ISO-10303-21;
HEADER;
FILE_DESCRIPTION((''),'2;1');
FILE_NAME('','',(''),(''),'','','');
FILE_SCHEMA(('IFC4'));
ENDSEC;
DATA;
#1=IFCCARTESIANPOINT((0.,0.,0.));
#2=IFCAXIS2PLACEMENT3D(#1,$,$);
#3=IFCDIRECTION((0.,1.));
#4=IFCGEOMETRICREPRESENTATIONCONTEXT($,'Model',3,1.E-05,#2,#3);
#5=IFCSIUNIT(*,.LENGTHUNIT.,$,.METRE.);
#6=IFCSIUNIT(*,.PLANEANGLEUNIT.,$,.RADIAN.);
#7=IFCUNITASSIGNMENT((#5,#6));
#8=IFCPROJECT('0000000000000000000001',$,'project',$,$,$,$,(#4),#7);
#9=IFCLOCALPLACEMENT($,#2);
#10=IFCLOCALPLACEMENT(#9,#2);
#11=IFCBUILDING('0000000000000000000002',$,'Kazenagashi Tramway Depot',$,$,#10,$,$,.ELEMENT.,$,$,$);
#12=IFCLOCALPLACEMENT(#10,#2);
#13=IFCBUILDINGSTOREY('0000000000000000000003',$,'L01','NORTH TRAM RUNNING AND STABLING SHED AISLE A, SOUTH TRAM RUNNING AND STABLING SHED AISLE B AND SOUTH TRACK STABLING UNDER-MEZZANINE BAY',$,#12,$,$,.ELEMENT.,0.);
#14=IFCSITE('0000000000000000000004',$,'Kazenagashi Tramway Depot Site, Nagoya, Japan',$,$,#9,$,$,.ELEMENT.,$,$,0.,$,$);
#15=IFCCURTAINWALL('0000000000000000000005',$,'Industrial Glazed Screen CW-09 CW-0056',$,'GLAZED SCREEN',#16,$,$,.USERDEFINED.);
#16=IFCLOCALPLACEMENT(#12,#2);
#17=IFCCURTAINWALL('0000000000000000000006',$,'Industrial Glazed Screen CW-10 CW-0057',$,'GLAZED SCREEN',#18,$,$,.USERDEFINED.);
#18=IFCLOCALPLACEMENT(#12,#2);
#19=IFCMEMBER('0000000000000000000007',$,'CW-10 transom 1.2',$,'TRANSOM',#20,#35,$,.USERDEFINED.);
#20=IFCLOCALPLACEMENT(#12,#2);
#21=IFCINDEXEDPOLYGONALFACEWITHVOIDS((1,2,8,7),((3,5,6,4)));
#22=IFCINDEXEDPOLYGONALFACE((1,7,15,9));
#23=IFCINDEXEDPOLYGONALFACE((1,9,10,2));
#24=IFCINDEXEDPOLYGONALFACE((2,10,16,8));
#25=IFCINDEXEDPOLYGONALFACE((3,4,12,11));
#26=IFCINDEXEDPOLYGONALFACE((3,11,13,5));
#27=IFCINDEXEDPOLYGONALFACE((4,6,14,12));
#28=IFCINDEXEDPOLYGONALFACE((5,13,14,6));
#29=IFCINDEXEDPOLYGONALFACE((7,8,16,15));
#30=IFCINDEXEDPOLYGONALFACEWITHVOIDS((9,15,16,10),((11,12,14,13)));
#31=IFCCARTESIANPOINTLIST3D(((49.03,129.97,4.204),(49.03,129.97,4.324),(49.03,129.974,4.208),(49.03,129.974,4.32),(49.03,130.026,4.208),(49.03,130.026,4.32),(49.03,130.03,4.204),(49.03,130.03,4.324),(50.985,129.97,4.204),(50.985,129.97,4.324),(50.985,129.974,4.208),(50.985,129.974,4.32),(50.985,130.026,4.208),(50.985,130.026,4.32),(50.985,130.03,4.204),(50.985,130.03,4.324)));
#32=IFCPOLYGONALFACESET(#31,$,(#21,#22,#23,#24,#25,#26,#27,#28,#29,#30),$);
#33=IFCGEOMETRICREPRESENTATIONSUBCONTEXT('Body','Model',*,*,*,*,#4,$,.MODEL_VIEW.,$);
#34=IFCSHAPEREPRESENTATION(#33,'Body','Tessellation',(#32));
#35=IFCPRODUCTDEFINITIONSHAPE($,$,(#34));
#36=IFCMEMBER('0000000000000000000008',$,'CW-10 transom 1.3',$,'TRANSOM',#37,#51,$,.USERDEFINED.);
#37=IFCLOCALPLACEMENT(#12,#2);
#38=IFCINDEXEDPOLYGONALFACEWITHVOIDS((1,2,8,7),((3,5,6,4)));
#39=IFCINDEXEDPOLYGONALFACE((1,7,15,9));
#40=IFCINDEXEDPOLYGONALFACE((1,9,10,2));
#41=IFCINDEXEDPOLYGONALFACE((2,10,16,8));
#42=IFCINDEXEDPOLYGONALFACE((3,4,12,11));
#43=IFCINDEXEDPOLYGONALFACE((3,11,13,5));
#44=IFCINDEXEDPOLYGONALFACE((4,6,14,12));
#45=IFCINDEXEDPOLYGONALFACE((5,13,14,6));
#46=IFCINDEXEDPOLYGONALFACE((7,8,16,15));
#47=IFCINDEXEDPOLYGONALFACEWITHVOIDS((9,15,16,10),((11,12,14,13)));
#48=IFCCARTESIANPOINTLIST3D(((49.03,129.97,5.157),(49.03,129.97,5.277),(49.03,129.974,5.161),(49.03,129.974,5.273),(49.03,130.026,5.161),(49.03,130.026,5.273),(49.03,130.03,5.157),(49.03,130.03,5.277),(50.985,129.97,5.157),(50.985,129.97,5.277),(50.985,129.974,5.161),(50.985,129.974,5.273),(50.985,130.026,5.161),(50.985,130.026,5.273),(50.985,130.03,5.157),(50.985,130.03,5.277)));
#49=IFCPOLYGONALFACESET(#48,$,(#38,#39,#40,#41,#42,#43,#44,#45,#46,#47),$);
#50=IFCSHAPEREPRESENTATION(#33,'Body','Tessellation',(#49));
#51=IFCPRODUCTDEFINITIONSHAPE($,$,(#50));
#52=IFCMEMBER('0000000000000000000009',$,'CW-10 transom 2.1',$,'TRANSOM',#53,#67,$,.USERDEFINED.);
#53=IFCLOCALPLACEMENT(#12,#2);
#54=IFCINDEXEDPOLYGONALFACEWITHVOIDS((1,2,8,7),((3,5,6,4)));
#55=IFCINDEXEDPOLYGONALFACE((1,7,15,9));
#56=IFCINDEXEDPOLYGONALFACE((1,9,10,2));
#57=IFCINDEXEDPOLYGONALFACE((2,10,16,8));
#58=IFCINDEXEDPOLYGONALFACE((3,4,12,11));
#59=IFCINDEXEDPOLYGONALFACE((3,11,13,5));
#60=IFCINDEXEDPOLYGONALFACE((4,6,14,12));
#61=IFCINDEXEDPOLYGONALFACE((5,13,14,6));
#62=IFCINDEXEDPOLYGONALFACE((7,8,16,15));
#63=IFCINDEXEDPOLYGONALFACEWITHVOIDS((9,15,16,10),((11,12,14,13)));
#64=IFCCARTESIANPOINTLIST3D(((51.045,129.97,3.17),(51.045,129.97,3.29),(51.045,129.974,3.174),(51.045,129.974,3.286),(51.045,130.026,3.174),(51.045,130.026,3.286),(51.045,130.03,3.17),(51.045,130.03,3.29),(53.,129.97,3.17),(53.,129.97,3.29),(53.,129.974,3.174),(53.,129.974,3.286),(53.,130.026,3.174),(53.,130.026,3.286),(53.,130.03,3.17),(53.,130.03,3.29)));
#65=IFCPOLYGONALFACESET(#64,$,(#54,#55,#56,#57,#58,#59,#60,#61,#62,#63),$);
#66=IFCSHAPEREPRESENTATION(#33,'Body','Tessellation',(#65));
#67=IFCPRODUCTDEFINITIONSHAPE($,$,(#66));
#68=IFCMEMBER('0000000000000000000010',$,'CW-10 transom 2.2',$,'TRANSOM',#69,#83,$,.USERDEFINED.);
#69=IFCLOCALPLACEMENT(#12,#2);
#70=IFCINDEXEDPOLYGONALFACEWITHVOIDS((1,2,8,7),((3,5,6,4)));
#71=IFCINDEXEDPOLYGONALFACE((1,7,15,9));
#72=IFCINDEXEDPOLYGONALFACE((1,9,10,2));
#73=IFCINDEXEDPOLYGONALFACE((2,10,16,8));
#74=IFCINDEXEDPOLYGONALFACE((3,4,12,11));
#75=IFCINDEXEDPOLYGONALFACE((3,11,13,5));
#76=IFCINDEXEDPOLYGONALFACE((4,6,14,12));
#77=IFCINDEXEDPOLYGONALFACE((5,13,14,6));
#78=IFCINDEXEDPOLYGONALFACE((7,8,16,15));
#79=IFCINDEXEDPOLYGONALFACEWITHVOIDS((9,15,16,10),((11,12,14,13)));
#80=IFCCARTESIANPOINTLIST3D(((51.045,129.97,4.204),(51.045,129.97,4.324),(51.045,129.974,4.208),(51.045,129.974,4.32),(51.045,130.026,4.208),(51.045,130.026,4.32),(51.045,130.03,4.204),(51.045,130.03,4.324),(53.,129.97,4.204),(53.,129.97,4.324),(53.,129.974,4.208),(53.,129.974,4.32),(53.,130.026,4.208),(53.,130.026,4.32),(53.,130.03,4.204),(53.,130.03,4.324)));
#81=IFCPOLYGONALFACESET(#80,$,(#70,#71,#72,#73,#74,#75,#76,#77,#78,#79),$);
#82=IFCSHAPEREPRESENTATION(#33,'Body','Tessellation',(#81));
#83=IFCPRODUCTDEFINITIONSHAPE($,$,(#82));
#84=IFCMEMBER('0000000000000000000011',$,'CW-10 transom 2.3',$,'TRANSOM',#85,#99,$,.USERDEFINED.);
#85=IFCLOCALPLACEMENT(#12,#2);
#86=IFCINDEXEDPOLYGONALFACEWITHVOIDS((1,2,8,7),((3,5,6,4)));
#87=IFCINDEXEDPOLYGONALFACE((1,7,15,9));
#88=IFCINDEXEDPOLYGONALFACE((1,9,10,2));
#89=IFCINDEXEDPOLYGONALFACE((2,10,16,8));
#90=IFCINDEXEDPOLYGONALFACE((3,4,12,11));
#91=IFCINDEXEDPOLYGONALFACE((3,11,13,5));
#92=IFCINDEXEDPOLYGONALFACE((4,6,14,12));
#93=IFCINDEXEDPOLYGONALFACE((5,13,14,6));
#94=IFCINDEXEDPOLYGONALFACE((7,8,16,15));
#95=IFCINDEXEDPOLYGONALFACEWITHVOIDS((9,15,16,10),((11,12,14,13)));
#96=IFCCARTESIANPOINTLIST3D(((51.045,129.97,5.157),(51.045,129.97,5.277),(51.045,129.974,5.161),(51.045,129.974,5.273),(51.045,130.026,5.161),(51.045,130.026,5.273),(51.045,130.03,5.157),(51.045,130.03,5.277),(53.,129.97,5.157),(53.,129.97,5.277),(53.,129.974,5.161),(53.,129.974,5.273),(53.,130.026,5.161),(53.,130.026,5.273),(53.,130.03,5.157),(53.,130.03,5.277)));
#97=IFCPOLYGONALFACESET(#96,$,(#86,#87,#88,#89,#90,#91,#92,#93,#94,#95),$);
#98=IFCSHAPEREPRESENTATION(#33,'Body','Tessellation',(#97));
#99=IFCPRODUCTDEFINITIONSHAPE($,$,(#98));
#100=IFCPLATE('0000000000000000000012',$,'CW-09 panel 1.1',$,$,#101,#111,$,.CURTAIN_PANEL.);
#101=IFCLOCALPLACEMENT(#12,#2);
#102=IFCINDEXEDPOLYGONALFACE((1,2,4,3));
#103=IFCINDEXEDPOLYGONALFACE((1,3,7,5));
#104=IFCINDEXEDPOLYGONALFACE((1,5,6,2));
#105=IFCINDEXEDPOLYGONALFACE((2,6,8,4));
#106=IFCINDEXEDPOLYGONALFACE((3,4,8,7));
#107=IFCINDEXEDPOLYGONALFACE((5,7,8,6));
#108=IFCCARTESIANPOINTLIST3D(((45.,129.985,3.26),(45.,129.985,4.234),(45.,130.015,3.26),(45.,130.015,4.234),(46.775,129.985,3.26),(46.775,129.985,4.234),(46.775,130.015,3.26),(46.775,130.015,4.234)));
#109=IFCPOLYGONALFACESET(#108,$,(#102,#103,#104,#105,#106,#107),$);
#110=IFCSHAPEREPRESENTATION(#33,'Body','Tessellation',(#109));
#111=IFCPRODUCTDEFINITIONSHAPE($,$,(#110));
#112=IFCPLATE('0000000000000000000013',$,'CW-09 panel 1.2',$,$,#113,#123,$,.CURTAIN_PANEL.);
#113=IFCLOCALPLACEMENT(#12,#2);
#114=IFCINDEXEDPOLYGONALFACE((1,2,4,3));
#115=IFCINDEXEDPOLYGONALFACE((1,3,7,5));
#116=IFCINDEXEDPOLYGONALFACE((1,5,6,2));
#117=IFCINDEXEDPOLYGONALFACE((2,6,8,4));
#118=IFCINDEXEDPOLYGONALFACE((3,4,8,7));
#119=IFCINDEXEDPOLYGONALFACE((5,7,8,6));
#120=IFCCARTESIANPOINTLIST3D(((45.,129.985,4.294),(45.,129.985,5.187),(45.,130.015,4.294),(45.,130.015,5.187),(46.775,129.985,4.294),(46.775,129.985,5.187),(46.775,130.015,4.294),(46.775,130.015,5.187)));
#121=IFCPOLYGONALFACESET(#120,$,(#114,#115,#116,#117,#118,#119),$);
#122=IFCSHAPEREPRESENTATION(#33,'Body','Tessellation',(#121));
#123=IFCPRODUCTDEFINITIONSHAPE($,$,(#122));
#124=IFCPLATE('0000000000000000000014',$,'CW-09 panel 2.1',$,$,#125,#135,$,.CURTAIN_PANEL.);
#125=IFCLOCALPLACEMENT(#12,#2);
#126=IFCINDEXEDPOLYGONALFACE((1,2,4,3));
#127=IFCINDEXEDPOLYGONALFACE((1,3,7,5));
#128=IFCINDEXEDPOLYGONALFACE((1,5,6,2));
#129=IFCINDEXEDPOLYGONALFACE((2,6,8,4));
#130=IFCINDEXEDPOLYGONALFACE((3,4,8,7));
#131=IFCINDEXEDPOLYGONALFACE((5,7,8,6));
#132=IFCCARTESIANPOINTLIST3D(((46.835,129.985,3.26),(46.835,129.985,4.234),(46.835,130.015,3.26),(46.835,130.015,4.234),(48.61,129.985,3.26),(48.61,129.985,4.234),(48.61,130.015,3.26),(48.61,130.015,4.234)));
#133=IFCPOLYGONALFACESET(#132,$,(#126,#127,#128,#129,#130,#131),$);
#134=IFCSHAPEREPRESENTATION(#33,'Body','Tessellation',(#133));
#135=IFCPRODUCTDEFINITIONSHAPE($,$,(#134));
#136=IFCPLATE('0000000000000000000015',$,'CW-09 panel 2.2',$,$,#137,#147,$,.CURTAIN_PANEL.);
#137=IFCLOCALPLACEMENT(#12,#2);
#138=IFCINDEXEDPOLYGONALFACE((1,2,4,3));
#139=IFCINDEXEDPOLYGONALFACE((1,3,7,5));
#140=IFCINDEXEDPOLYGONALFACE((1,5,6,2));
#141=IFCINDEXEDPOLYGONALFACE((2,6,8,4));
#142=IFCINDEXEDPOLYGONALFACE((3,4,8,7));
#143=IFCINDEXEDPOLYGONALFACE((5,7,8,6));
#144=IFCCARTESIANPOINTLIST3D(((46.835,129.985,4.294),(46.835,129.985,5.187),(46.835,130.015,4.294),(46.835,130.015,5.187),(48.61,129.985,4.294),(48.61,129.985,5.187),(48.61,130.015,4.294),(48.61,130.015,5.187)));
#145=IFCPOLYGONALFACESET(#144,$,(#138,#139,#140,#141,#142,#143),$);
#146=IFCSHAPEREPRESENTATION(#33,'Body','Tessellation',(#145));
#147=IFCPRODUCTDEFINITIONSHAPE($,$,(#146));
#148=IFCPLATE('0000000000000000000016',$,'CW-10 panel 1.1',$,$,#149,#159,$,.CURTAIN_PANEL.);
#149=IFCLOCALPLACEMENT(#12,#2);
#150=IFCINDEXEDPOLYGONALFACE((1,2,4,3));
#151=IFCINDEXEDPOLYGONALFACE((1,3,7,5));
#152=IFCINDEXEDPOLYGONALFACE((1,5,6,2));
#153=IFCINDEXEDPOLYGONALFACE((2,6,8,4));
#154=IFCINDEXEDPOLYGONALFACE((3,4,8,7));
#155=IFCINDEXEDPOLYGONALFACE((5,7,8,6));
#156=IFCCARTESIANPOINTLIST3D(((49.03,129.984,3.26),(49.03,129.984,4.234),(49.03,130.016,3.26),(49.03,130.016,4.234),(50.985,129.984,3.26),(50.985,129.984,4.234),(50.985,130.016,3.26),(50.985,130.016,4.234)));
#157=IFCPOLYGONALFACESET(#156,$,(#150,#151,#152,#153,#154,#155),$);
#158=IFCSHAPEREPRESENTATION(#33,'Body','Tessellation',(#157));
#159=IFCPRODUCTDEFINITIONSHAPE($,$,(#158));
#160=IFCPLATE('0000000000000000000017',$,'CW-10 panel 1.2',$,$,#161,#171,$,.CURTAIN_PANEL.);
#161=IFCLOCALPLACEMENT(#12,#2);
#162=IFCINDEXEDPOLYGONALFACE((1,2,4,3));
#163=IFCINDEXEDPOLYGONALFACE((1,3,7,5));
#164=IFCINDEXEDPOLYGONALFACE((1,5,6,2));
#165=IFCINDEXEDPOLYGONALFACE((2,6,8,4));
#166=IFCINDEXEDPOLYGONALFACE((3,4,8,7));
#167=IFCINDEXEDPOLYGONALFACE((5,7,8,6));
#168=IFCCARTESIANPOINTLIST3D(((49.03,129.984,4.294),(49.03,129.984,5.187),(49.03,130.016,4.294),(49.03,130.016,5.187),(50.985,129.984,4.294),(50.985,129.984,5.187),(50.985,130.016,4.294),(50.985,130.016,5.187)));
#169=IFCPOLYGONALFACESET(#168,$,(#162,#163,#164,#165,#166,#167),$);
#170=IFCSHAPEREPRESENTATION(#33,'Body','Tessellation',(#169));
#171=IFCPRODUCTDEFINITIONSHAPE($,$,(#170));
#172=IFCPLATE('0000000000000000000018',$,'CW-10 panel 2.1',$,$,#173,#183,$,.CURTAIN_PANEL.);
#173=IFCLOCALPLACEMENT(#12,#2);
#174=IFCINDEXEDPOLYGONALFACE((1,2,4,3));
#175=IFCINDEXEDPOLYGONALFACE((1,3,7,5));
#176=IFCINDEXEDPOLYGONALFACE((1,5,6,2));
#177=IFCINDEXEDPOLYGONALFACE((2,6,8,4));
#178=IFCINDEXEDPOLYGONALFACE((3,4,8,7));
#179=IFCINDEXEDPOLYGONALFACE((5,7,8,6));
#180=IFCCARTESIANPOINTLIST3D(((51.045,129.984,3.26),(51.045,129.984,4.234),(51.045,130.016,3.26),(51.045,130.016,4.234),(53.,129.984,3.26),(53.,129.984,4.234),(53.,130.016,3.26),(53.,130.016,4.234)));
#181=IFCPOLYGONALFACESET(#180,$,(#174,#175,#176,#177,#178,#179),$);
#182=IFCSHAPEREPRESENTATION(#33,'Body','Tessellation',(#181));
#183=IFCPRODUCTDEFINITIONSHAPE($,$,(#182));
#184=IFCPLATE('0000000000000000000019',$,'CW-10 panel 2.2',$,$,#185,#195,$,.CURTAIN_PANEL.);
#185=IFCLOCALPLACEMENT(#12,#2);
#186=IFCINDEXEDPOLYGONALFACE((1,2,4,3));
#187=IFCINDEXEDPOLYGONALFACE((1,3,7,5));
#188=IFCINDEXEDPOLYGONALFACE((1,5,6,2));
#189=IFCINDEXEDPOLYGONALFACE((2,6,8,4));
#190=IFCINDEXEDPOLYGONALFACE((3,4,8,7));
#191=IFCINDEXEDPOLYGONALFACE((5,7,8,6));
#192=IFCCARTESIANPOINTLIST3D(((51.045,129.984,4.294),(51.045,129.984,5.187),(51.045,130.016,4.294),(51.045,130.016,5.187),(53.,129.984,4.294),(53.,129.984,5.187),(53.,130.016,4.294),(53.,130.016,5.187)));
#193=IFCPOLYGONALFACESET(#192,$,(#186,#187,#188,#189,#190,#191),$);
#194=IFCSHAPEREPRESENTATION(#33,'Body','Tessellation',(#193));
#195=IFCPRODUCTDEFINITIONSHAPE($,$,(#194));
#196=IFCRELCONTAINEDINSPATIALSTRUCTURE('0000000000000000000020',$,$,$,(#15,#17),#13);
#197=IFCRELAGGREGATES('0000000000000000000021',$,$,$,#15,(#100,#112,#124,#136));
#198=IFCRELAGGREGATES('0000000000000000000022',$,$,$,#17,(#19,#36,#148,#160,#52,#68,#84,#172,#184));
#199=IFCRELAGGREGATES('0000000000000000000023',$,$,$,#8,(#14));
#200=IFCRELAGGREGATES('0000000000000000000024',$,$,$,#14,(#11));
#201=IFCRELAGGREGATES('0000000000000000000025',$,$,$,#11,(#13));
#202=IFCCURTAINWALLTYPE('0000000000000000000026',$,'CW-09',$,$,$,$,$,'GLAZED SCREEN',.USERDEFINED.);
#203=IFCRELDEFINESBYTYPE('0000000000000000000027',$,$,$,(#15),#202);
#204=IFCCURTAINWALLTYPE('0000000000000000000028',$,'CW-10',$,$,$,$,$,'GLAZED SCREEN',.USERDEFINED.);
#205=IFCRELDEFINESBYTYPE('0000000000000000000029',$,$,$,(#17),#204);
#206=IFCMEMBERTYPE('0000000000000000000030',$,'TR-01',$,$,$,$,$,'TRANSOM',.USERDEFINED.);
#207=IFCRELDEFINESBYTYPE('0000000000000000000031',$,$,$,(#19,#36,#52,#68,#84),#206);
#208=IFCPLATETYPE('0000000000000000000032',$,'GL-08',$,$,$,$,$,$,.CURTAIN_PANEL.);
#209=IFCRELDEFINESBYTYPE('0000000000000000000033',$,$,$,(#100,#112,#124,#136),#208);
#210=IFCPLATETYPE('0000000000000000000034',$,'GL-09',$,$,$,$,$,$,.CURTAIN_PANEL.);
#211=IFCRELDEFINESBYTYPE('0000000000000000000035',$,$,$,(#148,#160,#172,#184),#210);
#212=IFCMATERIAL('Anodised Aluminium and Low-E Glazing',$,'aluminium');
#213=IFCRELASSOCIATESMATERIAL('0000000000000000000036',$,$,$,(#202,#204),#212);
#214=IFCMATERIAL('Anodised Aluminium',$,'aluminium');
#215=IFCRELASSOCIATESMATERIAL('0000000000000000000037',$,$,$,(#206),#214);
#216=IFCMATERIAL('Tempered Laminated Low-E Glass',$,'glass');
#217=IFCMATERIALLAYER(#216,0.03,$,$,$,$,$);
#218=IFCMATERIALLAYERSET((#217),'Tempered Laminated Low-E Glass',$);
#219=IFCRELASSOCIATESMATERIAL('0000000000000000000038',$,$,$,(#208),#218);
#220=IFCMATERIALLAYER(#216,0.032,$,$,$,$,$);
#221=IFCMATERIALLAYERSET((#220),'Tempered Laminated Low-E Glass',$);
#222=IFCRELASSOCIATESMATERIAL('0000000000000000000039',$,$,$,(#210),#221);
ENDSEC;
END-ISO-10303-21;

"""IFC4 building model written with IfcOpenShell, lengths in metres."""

from ifc_helpers import new_model, si_unit, direction, frame, origin, origin_2d, place, context, subcontext, project, spatial, rectangle, hollow_rectangle, extrude, material, layer, layer_set, material_profile, profile_set, type_object, element, aggregate, save


model = new_model("IFC4")

# Units and contexts
model_context = context("Model", 3, precision=1e-05, world=origin(), true_north=direction((0.0, 1.0)))
body_context = subcontext(model_context, "Body", "Model", "MODEL_VIEW")
ifc_project = project(units=[si_unit("LENGTHUNIT", "METRE"), si_unit("PLANEANGLEUNIT", "RADIAN")], contexts=[model_context])

# Site, building, storey
site_placement = place(None, origin())
site = spatial("IfcSite", under=ifc_project, at=site_placement, Name="Kazenagashi Tramway Depot Site, Nagoya, Japan", CompositionType="ELEMENT", RefElevation=0.0)
building_placement = place(site_placement, origin())
building = spatial("IfcBuilding", under=site, at=building_placement, Name="Kazenagashi Tramway Depot", CompositionType="ELEMENT")
storey_placement = place(building_placement, origin())
storey = spatial("IfcBuildingStorey", under=building, at=storey_placement, Name="L01", Description="NORTH TRAM RUNNING AND STABLING SHED AISLE A, SOUTH TRAM RUNNING AND STABLING SHED AISLE B AND SOUTH TRACK STABLING UNDER-MEZZANINE BAY", CompositionType="ELEMENT", Elevation=0.0)

# Curtain walls
ifc_material_1 = material(Name="Anodised Aluminium and Low-E Glazing", Category="aluminium")
curtain_wall_type_1 = type_object("IfcCurtainWallType", Name="CW-09", ElementType="GLAZED SCREEN", PredefinedType="USERDEFINED", material=ifc_material_1)
curtain_wall_1_placement = place(storey_placement, origin())
curtain_wall_1 = element("IfcCurtainWall", 1, at=curtain_wall_1_placement, inside=storey, type_object=curtain_wall_type_1, Name="Industrial Glazed Screen CW-09 CW-0056", ObjectType="GLAZED SCREEN", PredefinedType="USERDEFINED")
ifc_material_2 = material(Name="Anodised Aluminium", Category="aluminium")
curtain_wall_type_2 = type_object("IfcCurtainWallType", Name="CW-10", ElementType="GLAZED SCREEN", PredefinedType="USERDEFINED", material=ifc_material_1)
curtain_wall_2_placement = place(storey_placement, origin())
curtain_wall_2 = element("IfcCurtainWall", 2, at=curtain_wall_2_placement, inside=storey, type_object=curtain_wall_type_2, Name="Industrial Glazed Screen CW-10 CW-0057", ObjectType="GLAZED SCREEN", PredefinedType="USERDEFINED")

# Members
ifc_material_profile_1 = material_profile(ifc_material_2, hollow_rectangle(XDim=0.06, YDim=0.12, WallThickness=0.004, at=origin_2d()), Name="RHS-120x60x4")
ifc_profile_set_1 = profile_set([ifc_material_profile_1], Name="Anodised Aluminium")
member_type_1 = type_object("IfcMemberType", Name="TR-01", ElementType="TRANSOM", PredefinedType="USERDEFINED", material=ifc_profile_set_1)
member_1_placement = place(storey_placement, frame((49.03, 130.0, 4.264), z_axis=(1.0, 0.0, 0.0), x_axis=(0.0, 1.0, 0.0)))
member_1 = element("IfcMember", 3, at=member_1_placement, type_object=member_type_1, Name="CW-10 transom 1.2", ObjectType="TRANSOM", PredefinedType="USERDEFINED", context=body_context, shape_type="SweptSolid", body=[
    extrude(hollow_rectangle(XDim=0.06, YDim=0.12, WallThickness=0.004, at=origin_2d()), origin(), (0.0, 0.0, 1.0), 1.955),
])
member_2_placement = place(storey_placement, frame((49.03, 130.0, 5.217), z_axis=(1.0, 0.0, 0.0), x_axis=(0.0, 1.0, 0.0)))
member_2 = element("IfcMember", 4, at=member_2_placement, type_object=member_type_1, Name="CW-10 transom 1.3", ObjectType="TRANSOM", PredefinedType="USERDEFINED", context=body_context, shape_type="SweptSolid", body=[
    extrude(hollow_rectangle(XDim=0.06, YDim=0.12, WallThickness=0.004, at=origin_2d()), origin(), (0.0, 0.0, 1.0), 1.955),
])
member_3_placement = place(storey_placement, frame((51.045, 130.0, 3.23), z_axis=(1.0, 0.0, 0.0), x_axis=(0.0, 1.0, 0.0)))
member_3 = element("IfcMember", 5, at=member_3_placement, type_object=member_type_1, Name="CW-10 transom 2.1", ObjectType="TRANSOM", PredefinedType="USERDEFINED", context=body_context, shape_type="SweptSolid", body=[
    extrude(hollow_rectangle(XDim=0.06, YDim=0.12, WallThickness=0.004, at=origin_2d()), origin(), (0.0, 0.0, 1.0), 1.955),
])
member_4_placement = place(storey_placement, frame((51.045, 130.0, 4.264), z_axis=(1.0, 0.0, 0.0), x_axis=(0.0, 1.0, 0.0)))
member_4 = element("IfcMember", 6, at=member_4_placement, type_object=member_type_1, Name="CW-10 transom 2.2", ObjectType="TRANSOM", PredefinedType="USERDEFINED", context=body_context, shape_type="SweptSolid", body=[
    extrude(hollow_rectangle(XDim=0.06, YDim=0.12, WallThickness=0.004, at=origin_2d()), origin(), (0.0, 0.0, 1.0), 1.955),
])
member_5_placement = place(storey_placement, frame((51.045, 130.0, 5.217), z_axis=(1.0, 0.0, 0.0), x_axis=(0.0, 1.0, 0.0)))
member_5 = element("IfcMember", 7, at=member_5_placement, type_object=member_type_1, Name="CW-10 transom 2.3", ObjectType="TRANSOM", PredefinedType="USERDEFINED", context=body_context, shape_type="SweptSolid", body=[
    extrude(hollow_rectangle(XDim=0.06, YDim=0.12, WallThickness=0.004, at=origin_2d()), origin(), (0.0, 0.0, 1.0), 1.955),
])

# Plates
ifc_material_3 = material(Name="Tempered Laminated Low-E Glass", Category="glass")
ifc_layer_1 = layer(ifc_material_3, 0.03)
ifc_layer_set_1 = layer_set([ifc_layer_1], Name="Tempered Laminated Low-E Glass")
plate_type_1 = type_object("IfcPlateType", Name="GL-08", PredefinedType="CURTAIN_PANEL", material=ifc_layer_set_1)
plate_1_placement = place(storey_placement, frame((45.8875, 130.0, 3.26), z_axis=(0.0, 0.0, 1.0), x_axis=(1.0, 0.0, 0.0)))
plate_1 = element("IfcPlate", 8, at=plate_1_placement, type_object=plate_type_1, Name="CW-09 panel 1.1", PredefinedType="CURTAIN_PANEL", context=body_context, shape_type="SweptSolid", body=[
    extrude(rectangle(XDim=1.775, YDim=0.03, at=origin_2d()), origin(), (0.0, 0.0, 1.0), 0.974),
])
plate_2_placement = place(storey_placement, frame((45.8875, 130.0, 4.294), z_axis=(0.0, 0.0, 1.0), x_axis=(1.0, 0.0, 0.0)))
plate_2 = element("IfcPlate", 9, at=plate_2_placement, type_object=plate_type_1, Name="CW-09 panel 1.2", PredefinedType="CURTAIN_PANEL", context=body_context, shape_type="SweptSolid", body=[
    extrude(rectangle(XDim=1.775, YDim=0.03, at=origin_2d()), origin(), (0.0, 0.0, 1.0), 0.893),
])
plate_3_placement = place(storey_placement, frame((47.7225, 130.0, 3.26), z_axis=(0.0, 0.0, 1.0), x_axis=(1.0, 0.0, 0.0)))
plate_3 = element("IfcPlate", 10, at=plate_3_placement, type_object=plate_type_1, Name="CW-09 panel 2.1", PredefinedType="CURTAIN_PANEL", context=body_context, shape_type="SweptSolid", body=[
    extrude(rectangle(XDim=1.775, YDim=0.03, at=origin_2d()), origin(), (0.0, 0.0, 1.0), 0.974),
])
plate_4_placement = place(storey_placement, frame((47.7225, 130.0, 4.294), z_axis=(0.0, 0.0, 1.0), x_axis=(1.0, 0.0, 0.0)))
plate_4 = element("IfcPlate", 11, at=plate_4_placement, type_object=plate_type_1, Name="CW-09 panel 2.2", PredefinedType="CURTAIN_PANEL", context=body_context, shape_type="SweptSolid", body=[
    extrude(rectangle(XDim=1.775, YDim=0.03, at=origin_2d()), origin(), (0.0, 0.0, 1.0), 0.893),
])
aggregate(curtain_wall_1, [plate_1, plate_2, plate_3, plate_4])
ifc_layer_2 = layer(ifc_material_3, 0.032)
ifc_layer_set_2 = layer_set([ifc_layer_2], Name="Tempered Laminated Low-E Glass")
plate_type_2 = type_object("IfcPlateType", Name="GL-09", PredefinedType="CURTAIN_PANEL", material=ifc_layer_set_2)
plate_5_placement = place(storey_placement, frame((50.0075, 130.0, 3.26), z_axis=(0.0, 0.0, 1.0), x_axis=(1.0, 0.0, 0.0)))
plate_5 = element("IfcPlate", 12, at=plate_5_placement, type_object=plate_type_2, Name="CW-10 panel 1.1", PredefinedType="CURTAIN_PANEL", context=body_context, shape_type="SweptSolid", body=[
    extrude(rectangle(XDim=1.955, YDim=0.032, at=origin_2d()), origin(), (0.0, 0.0, 1.0), 0.974),
])
plate_6_placement = place(storey_placement, frame((50.0075, 130.0, 4.294), z_axis=(0.0, 0.0, 1.0), x_axis=(1.0, 0.0, 0.0)))
plate_6 = element("IfcPlate", 13, at=plate_6_placement, type_object=plate_type_2, Name="CW-10 panel 1.2", PredefinedType="CURTAIN_PANEL", context=body_context, shape_type="SweptSolid", body=[
    extrude(rectangle(XDim=1.955, YDim=0.032, at=origin_2d()), origin(), (0.0, 0.0, 1.0), 0.893),
])
plate_7_placement = place(storey_placement, frame((52.0225, 130.0, 3.26), z_axis=(0.0, 0.0, 1.0), x_axis=(1.0, 0.0, 0.0)))
plate_7 = element("IfcPlate", 14, at=plate_7_placement, type_object=plate_type_2, Name="CW-10 panel 2.1", PredefinedType="CURTAIN_PANEL", context=body_context, shape_type="SweptSolid", body=[
    extrude(rectangle(XDim=1.955, YDim=0.032, at=origin_2d()), origin(), (0.0, 0.0, 1.0), 0.974),
])
plate_8_placement = place(storey_placement, frame((52.0225, 130.0, 4.294), z_axis=(0.0, 0.0, 1.0), x_axis=(1.0, 0.0, 0.0)))
plate_8 = element("IfcPlate", 15, at=plate_8_placement, type_object=plate_type_2, Name="CW-10 panel 2.2", PredefinedType="CURTAIN_PANEL", context=body_context, shape_type="SweptSolid", body=[
    extrude(rectangle(XDim=1.955, YDim=0.032, at=origin_2d()), origin(), (0.0, 0.0, 1.0), 0.893),
])
aggregate(curtain_wall_2, [member_1, member_2, plate_5, plate_6, member_3, member_4, member_5, plate_7, plate_8])

save(model, "model.ifc")
